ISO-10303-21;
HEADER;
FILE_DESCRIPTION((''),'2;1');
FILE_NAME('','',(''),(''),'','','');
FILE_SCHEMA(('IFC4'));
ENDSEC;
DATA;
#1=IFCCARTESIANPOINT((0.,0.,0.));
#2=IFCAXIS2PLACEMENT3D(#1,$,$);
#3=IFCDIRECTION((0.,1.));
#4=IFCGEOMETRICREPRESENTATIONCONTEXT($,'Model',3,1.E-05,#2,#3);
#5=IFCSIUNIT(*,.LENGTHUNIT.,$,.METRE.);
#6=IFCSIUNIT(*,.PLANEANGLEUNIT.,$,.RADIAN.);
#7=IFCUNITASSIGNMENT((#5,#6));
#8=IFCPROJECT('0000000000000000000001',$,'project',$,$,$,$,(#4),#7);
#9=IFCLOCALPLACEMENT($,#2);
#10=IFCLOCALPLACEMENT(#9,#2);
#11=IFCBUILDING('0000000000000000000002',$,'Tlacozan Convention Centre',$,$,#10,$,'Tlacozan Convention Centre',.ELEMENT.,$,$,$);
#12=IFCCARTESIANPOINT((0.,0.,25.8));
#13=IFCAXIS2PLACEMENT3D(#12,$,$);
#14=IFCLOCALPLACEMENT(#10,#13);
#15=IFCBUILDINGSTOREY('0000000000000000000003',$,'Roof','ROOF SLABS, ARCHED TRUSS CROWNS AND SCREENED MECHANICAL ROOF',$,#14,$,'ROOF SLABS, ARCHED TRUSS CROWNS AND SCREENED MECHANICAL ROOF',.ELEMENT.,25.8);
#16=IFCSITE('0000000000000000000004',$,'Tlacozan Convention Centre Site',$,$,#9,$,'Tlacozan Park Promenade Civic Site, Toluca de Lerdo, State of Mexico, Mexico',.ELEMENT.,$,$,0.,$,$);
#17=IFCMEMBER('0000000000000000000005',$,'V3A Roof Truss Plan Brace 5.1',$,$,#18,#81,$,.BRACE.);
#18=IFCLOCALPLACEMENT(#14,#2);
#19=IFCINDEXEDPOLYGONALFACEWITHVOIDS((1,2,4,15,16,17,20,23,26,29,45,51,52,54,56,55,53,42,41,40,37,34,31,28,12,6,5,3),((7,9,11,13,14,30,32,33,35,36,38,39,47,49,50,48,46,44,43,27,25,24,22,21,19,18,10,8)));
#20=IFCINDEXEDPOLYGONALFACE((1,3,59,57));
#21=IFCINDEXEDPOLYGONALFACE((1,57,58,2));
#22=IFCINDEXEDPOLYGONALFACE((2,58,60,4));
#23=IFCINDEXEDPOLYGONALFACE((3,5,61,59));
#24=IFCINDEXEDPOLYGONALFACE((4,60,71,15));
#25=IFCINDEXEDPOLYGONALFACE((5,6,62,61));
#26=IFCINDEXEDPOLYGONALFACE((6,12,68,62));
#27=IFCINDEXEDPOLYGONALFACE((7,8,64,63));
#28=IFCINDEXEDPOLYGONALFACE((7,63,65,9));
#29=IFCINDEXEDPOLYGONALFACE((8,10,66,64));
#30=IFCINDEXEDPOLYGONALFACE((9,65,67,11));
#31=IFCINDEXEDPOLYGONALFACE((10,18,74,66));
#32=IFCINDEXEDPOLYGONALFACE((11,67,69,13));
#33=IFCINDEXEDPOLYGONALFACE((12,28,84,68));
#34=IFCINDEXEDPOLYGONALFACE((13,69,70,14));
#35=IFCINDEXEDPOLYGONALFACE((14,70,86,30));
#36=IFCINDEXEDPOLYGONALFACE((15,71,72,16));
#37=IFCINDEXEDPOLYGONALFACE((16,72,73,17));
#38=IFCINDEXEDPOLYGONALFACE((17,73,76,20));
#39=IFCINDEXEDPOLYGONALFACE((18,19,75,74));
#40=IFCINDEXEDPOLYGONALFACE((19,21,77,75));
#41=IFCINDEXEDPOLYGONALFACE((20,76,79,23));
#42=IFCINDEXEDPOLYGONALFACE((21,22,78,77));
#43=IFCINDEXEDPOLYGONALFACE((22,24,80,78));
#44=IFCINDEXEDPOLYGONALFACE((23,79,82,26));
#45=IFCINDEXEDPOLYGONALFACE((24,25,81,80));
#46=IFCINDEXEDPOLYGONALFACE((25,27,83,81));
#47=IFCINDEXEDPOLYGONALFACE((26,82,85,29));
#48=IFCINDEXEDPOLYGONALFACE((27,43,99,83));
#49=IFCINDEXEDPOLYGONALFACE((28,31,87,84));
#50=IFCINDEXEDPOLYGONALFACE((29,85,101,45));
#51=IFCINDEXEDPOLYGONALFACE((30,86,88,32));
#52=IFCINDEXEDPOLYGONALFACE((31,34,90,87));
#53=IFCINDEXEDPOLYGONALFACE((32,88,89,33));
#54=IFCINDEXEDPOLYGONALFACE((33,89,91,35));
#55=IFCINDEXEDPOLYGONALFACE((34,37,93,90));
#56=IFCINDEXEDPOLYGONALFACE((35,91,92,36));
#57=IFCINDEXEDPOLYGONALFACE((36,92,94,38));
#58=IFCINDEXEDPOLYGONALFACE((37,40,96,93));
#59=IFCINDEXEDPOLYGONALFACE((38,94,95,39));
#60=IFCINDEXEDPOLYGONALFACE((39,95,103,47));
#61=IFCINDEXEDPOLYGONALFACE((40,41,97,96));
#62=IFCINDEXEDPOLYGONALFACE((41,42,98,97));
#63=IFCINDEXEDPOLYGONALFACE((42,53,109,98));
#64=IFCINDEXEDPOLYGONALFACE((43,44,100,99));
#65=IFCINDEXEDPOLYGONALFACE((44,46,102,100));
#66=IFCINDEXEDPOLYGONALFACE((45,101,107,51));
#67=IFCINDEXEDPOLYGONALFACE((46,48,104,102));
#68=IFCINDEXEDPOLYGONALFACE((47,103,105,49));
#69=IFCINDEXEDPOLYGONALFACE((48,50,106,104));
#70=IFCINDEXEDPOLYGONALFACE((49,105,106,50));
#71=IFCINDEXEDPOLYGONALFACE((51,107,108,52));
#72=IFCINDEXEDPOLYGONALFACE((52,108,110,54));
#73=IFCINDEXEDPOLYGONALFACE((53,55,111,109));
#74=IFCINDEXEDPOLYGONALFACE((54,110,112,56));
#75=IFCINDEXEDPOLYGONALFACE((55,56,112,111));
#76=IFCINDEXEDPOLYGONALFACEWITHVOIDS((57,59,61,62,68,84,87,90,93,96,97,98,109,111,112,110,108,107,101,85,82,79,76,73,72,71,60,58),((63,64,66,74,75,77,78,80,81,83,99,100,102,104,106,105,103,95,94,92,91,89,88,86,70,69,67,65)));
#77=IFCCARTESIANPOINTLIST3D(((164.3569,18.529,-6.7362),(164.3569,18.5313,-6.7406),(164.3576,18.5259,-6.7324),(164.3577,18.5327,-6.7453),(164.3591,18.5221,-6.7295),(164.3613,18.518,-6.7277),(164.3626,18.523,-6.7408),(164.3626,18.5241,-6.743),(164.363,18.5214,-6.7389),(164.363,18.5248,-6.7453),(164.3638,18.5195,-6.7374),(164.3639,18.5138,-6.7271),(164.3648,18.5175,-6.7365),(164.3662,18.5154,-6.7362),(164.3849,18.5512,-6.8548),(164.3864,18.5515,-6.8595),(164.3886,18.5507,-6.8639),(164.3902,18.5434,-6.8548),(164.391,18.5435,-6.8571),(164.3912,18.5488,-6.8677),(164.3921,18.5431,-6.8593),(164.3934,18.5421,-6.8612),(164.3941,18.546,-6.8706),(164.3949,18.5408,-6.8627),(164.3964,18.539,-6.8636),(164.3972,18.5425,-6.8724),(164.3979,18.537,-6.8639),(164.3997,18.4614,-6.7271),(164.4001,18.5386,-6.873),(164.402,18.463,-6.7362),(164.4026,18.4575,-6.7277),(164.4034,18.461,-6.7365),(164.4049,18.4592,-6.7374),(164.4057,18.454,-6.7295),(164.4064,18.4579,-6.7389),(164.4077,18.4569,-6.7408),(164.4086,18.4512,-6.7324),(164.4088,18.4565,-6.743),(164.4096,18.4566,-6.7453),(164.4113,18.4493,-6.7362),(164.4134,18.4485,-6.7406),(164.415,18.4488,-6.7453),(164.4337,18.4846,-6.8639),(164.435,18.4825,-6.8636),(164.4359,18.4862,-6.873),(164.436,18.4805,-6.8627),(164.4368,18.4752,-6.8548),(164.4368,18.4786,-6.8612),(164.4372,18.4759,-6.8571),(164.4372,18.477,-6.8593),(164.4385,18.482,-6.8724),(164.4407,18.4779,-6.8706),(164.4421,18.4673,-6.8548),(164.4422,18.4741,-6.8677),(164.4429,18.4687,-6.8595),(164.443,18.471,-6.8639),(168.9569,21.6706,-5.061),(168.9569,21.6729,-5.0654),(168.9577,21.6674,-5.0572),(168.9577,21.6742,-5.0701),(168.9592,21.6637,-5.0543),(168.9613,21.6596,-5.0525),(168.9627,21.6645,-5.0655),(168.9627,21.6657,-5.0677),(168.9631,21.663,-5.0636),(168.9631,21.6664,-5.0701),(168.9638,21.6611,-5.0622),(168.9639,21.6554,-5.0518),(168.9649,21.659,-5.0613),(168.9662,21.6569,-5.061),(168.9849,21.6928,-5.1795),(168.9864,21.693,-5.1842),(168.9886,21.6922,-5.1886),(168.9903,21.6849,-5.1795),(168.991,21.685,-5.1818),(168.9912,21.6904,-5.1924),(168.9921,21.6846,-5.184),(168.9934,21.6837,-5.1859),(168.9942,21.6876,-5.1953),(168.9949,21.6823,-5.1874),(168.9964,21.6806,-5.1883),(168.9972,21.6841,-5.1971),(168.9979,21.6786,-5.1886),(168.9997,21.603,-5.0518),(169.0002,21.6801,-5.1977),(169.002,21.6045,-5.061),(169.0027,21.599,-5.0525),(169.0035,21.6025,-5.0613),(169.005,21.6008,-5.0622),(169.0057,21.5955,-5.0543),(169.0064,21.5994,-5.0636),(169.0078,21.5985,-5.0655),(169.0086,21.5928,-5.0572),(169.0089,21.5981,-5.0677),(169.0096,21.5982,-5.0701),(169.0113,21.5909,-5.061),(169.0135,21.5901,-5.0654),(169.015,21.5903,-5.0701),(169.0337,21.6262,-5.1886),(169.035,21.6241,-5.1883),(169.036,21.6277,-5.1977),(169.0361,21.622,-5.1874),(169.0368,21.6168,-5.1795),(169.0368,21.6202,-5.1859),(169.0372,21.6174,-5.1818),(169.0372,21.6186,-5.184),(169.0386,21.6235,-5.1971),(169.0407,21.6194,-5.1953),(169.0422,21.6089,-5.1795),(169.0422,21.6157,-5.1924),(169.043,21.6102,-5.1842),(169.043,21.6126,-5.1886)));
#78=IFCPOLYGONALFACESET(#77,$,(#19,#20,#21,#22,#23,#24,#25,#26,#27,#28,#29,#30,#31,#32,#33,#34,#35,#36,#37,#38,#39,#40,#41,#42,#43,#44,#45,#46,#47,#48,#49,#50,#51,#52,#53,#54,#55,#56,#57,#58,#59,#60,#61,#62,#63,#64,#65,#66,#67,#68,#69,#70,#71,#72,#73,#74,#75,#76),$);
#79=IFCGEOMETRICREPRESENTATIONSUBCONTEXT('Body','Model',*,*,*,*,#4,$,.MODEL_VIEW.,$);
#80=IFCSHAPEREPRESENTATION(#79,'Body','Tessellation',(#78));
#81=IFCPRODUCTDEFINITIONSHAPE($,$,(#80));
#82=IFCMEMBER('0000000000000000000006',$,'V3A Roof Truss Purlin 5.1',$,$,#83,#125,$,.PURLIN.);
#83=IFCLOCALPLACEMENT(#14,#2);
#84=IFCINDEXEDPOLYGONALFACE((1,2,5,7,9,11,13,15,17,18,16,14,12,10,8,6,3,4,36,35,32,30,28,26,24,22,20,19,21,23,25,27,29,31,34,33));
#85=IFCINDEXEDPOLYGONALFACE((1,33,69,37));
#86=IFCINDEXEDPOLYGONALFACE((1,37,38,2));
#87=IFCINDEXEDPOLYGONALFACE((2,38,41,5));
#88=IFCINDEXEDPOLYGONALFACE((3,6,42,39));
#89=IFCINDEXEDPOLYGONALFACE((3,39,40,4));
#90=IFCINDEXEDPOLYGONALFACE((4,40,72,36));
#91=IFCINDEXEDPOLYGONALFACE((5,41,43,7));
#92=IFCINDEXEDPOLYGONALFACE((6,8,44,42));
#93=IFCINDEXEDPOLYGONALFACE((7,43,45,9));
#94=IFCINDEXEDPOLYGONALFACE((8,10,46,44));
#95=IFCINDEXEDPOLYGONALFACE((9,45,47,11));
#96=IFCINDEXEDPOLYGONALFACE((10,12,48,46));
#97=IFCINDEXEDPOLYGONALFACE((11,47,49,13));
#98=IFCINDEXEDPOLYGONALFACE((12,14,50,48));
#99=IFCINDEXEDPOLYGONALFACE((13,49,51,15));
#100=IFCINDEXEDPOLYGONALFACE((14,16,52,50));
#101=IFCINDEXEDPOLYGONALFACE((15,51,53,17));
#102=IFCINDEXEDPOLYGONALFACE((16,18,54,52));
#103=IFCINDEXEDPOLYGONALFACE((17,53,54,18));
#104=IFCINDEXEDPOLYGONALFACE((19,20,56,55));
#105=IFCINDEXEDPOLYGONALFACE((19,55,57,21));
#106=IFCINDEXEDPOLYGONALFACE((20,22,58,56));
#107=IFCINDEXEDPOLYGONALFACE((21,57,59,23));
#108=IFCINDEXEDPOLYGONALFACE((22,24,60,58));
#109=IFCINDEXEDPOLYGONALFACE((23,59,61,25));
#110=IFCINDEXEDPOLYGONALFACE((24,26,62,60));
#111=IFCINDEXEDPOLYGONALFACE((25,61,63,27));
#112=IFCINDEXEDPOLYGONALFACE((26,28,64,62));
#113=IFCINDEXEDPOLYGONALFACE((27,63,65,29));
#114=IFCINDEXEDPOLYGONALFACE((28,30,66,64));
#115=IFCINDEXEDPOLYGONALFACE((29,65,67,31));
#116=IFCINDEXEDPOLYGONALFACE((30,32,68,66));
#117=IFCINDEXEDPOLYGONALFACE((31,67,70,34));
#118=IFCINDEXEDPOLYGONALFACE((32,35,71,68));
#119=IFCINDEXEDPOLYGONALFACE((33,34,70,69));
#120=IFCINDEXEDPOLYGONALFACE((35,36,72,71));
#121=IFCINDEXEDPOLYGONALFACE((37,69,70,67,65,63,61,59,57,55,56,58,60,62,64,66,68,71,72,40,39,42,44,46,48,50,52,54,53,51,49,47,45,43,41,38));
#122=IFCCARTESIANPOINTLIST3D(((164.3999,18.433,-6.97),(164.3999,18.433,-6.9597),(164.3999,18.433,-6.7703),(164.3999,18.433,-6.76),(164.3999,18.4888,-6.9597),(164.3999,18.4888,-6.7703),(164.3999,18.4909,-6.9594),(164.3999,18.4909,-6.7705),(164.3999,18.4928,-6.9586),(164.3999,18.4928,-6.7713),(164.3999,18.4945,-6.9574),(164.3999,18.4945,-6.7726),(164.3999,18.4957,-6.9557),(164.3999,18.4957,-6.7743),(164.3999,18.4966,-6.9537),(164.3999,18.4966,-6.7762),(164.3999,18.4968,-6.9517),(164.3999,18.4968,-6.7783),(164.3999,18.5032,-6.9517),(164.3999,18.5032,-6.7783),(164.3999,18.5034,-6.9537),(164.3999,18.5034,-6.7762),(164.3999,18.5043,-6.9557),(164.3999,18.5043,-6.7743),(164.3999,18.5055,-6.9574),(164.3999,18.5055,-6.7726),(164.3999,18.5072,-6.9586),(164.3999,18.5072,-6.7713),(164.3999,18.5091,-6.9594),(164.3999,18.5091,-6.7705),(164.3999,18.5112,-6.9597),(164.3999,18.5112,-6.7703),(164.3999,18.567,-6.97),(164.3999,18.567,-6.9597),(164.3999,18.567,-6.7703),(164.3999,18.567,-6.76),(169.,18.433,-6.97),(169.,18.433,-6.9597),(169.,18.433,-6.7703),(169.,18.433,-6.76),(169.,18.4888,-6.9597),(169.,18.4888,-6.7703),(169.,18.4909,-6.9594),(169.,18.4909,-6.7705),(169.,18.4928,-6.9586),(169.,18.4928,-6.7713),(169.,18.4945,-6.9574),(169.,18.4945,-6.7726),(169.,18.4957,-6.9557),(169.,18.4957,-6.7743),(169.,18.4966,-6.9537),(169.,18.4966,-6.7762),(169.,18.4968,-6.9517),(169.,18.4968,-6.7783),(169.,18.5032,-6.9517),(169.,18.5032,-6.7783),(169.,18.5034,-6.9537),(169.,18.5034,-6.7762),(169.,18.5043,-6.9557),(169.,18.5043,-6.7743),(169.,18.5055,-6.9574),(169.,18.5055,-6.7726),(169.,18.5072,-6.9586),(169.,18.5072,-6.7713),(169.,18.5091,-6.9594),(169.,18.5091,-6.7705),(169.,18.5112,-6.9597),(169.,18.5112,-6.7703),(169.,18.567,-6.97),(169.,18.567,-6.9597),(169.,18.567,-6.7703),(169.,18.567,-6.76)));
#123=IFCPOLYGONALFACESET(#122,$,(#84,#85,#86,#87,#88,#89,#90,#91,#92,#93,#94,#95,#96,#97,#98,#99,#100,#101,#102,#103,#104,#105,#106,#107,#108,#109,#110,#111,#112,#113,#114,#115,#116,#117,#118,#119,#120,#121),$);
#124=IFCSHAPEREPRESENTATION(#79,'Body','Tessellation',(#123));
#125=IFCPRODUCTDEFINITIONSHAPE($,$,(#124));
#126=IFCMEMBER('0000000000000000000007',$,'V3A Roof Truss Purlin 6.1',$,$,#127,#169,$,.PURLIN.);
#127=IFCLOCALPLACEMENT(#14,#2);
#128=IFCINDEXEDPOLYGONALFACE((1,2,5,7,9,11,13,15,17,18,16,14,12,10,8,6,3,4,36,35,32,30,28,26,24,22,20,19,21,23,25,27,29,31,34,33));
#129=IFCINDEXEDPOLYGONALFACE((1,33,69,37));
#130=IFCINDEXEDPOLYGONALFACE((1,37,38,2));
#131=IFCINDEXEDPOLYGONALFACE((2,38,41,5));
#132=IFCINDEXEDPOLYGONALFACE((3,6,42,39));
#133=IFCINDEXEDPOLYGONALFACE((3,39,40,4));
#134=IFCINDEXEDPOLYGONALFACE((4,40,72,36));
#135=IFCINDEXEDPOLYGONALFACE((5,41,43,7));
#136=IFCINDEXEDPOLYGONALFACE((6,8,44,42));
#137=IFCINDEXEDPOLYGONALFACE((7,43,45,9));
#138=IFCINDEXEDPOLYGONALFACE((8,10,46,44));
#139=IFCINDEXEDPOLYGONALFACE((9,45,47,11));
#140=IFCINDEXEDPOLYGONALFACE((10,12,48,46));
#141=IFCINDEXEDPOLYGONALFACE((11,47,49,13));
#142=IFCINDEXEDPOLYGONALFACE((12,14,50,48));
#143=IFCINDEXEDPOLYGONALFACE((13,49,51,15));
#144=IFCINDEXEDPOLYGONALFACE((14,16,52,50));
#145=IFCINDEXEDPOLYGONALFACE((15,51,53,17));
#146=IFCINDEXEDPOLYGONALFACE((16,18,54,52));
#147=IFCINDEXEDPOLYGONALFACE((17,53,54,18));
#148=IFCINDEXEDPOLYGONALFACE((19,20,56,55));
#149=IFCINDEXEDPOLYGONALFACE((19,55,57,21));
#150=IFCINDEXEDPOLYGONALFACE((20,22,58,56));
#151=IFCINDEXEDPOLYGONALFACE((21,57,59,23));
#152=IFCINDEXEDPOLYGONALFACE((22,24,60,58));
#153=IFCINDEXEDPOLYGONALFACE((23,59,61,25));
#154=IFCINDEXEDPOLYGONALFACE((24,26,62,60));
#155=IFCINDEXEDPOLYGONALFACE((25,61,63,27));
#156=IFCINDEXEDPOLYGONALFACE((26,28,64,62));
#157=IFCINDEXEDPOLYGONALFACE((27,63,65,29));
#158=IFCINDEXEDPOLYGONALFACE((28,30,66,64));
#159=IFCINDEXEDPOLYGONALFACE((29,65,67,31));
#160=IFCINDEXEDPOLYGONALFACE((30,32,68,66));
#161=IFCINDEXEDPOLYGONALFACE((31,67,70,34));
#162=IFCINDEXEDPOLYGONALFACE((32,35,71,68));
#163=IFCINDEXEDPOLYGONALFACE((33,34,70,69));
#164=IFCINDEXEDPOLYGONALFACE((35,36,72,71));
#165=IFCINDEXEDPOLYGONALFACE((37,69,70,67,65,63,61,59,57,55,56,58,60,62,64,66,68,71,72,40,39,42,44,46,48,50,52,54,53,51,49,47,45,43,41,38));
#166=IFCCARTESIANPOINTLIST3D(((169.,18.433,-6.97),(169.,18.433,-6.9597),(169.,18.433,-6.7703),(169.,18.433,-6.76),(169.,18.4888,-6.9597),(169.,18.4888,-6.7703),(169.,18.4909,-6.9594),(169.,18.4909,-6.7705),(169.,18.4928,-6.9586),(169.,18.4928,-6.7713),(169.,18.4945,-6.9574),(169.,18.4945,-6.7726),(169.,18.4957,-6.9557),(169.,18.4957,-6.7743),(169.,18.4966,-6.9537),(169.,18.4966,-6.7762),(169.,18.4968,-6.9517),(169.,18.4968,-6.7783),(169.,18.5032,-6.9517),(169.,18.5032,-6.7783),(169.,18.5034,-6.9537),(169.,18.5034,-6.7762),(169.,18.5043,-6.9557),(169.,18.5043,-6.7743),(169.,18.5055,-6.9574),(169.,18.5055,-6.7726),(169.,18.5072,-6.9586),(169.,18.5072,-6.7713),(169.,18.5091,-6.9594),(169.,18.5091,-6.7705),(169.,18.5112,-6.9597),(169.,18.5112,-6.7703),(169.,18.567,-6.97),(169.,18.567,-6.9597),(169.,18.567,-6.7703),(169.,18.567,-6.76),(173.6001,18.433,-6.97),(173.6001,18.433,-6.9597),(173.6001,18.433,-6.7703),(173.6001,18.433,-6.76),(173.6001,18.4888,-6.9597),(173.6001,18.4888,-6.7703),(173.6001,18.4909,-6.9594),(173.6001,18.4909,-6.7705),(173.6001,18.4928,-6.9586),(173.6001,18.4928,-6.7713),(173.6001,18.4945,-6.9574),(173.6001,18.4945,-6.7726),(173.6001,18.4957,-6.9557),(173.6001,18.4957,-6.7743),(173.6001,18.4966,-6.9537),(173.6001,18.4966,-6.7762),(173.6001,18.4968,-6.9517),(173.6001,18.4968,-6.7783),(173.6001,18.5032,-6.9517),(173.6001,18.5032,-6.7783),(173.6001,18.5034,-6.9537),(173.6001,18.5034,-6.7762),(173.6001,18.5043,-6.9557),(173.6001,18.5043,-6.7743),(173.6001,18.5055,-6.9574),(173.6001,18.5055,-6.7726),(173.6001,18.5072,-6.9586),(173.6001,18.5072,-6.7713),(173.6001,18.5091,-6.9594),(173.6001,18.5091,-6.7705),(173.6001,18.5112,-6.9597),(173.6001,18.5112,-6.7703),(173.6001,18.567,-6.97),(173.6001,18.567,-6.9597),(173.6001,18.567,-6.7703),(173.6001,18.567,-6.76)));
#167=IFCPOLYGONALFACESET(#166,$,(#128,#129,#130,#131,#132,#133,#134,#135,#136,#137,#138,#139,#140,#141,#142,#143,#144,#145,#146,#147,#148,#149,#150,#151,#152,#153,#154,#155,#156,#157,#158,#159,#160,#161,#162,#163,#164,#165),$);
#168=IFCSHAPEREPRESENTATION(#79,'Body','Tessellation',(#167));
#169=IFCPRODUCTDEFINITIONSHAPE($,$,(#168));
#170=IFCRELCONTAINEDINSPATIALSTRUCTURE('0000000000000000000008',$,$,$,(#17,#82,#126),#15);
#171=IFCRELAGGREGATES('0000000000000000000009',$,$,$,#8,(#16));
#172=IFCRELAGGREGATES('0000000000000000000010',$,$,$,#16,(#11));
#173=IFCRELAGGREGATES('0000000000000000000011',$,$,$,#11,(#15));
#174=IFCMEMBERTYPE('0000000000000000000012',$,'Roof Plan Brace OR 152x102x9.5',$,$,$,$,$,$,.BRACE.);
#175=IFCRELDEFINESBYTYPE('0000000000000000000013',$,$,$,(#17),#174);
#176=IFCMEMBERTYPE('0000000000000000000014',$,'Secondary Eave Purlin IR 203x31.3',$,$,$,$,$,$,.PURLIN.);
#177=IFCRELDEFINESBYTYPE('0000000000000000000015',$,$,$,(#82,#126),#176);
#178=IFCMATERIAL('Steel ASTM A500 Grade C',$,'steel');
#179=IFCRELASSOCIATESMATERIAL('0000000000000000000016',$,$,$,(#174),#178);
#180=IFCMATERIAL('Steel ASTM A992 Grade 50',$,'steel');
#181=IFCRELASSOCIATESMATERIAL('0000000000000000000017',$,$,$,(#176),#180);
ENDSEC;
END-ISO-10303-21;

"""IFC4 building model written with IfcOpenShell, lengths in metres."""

from ifc_helpers import new_model, si_unit, direction, frame, origin, origin_2d, place, context, subcontext, project, spatial, hollow_rectangle, i_section, extrude, material, material_profile, profile_set, type_object, element, save


model = new_model("IFC4")

# Units and contexts
model_context = context("Model", 3, precision=1e-05, world=origin(), true_north=direction((0.0, 1.0)))
body_context = subcontext(model_context, "Body", "Model", "MODEL_VIEW")
ifc_project = project(units=[si_unit("LENGTHUNIT", "METRE"), si_unit("PLANEANGLEUNIT", "RADIAN")], contexts=[model_context])

# Site, building, storey
site_placement = place(None, origin())
site = spatial("IfcSite", under=ifc_project, at=site_placement, Name="Tlacozan Convention Centre Site", LongName="Tlacozan Park Promenade Civic Site, Toluca de Lerdo, State of Mexico, Mexico", CompositionType="ELEMENT", RefElevation=0.0)
building_placement = place(site_placement, origin())
building = spatial("IfcBuilding", under=site, at=building_placement, Name="Tlacozan Convention Centre", LongName="Tlacozan Convention Centre", CompositionType="ELEMENT")
storey_placement = place(building_placement, frame((0.0, 0.0, 25.8)))
storey = spatial("IfcBuildingStorey", under=building, at=storey_placement, Name="Roof", Description="ROOF SLABS, ARCHED TRUSS CROWNS AND SCREENED MECHANICAL ROOF", LongName="ROOF SLABS, ARCHED TRUSS CROWNS AND SCREENED MECHANICAL ROOF", CompositionType="ELEMENT", Elevation=25.8)

# Members
ifc_material_1 = material(Name="Steel ASTM A500 Grade C", Category="steel")
ifc_material_profile_1 = material_profile(ifc_material_1, hollow_rectangle(XDim=0.1016, YDim=0.1523, WallThickness=0.0095, InnerFilletRadius=0.0095, OuterFilletRadius=0.019, at=origin_2d()), Name="OR 152x102x9.5")
ifc_profile_set_1 = profile_set([ifc_material_profile_1], Name="Steel ASTM A500 Grade C")
member_type_1 = type_object("IfcMemberType", Name="Roof Plan Brace OR 152x102x9.5", PredefinedType="BRACE", material=ifc_profile_set_1)
member_1_placement = place(storey_placement, frame((164.3999, 18.5, -6.8), z_axis=(0.790806, 0.540075, 0.288001), x_axis=(-0.56397, 0.825795, 0.0)))
element("IfcMember", 1, at=member_1_placement, inside=storey, type_object=member_type_1, Name="V3A Roof Truss Plan Brace 5.1", PredefinedType="BRACE", context=body_context, shape_type="SweptSolid", body=[
    extrude(hollow_rectangle(XDim=0.1016, YDim=0.1523, WallThickness=0.0095, InnerFilletRadius=0.0095, OuterFilletRadius=0.019, at=origin_2d()), origin(), (0.0, 0.0, 1.0), 5.8169),
])
ifc_material_2 = material(Name="Steel ASTM A992 Grade 50", Category="steel")
ifc_material_profile_2 = material_profile(ifc_material_2, i_section(OverallWidth=0.134, OverallDepth=0.21, WebThickness=0.0063, FlangeThickness=0.0103, FilletRadius=0.0081, at=origin_2d()), Name="IR 203x31.3")
ifc_profile_set_2 = profile_set([ifc_material_profile_2], Name="Steel ASTM A992 Grade 50")
member_type_2 = type_object("IfcMemberType", Name="Secondary Eave Purlin IR 203x31.3", PredefinedType="PURLIN", material=ifc_profile_set_2)
for number, where, z_axis, x_axis, name in (
    (2, (164.3999, 18.5, -6.865), (1.0, 0.0, 0.0), (0.0, 1.0, 0.0), "V3A Roof Truss Purlin 5.1"),
    (3, (169.0, 18.5, -6.865), (1.0, 0.0, 0.0), (0.0, 1.0, 0.0), "V3A Roof Truss Purlin 6.1"),
):
    element("IfcMember", number, at=place(storey_placement, frame(where, z_axis=z_axis, x_axis=x_axis)), inside=storey, type_object=member_type_2, Name=name, PredefinedType="PURLIN", context=body_context, shape_type="SweptSolid", body=[
        extrude(i_section(OverallWidth=0.134, OverallDepth=0.21, WebThickness=0.0063, FlangeThickness=0.0103, FilletRadius=0.0081, at=origin_2d()), origin(), (0.0, 0.0, 1.0), 4.6001),
    ])

save(model, "model.ifc")
